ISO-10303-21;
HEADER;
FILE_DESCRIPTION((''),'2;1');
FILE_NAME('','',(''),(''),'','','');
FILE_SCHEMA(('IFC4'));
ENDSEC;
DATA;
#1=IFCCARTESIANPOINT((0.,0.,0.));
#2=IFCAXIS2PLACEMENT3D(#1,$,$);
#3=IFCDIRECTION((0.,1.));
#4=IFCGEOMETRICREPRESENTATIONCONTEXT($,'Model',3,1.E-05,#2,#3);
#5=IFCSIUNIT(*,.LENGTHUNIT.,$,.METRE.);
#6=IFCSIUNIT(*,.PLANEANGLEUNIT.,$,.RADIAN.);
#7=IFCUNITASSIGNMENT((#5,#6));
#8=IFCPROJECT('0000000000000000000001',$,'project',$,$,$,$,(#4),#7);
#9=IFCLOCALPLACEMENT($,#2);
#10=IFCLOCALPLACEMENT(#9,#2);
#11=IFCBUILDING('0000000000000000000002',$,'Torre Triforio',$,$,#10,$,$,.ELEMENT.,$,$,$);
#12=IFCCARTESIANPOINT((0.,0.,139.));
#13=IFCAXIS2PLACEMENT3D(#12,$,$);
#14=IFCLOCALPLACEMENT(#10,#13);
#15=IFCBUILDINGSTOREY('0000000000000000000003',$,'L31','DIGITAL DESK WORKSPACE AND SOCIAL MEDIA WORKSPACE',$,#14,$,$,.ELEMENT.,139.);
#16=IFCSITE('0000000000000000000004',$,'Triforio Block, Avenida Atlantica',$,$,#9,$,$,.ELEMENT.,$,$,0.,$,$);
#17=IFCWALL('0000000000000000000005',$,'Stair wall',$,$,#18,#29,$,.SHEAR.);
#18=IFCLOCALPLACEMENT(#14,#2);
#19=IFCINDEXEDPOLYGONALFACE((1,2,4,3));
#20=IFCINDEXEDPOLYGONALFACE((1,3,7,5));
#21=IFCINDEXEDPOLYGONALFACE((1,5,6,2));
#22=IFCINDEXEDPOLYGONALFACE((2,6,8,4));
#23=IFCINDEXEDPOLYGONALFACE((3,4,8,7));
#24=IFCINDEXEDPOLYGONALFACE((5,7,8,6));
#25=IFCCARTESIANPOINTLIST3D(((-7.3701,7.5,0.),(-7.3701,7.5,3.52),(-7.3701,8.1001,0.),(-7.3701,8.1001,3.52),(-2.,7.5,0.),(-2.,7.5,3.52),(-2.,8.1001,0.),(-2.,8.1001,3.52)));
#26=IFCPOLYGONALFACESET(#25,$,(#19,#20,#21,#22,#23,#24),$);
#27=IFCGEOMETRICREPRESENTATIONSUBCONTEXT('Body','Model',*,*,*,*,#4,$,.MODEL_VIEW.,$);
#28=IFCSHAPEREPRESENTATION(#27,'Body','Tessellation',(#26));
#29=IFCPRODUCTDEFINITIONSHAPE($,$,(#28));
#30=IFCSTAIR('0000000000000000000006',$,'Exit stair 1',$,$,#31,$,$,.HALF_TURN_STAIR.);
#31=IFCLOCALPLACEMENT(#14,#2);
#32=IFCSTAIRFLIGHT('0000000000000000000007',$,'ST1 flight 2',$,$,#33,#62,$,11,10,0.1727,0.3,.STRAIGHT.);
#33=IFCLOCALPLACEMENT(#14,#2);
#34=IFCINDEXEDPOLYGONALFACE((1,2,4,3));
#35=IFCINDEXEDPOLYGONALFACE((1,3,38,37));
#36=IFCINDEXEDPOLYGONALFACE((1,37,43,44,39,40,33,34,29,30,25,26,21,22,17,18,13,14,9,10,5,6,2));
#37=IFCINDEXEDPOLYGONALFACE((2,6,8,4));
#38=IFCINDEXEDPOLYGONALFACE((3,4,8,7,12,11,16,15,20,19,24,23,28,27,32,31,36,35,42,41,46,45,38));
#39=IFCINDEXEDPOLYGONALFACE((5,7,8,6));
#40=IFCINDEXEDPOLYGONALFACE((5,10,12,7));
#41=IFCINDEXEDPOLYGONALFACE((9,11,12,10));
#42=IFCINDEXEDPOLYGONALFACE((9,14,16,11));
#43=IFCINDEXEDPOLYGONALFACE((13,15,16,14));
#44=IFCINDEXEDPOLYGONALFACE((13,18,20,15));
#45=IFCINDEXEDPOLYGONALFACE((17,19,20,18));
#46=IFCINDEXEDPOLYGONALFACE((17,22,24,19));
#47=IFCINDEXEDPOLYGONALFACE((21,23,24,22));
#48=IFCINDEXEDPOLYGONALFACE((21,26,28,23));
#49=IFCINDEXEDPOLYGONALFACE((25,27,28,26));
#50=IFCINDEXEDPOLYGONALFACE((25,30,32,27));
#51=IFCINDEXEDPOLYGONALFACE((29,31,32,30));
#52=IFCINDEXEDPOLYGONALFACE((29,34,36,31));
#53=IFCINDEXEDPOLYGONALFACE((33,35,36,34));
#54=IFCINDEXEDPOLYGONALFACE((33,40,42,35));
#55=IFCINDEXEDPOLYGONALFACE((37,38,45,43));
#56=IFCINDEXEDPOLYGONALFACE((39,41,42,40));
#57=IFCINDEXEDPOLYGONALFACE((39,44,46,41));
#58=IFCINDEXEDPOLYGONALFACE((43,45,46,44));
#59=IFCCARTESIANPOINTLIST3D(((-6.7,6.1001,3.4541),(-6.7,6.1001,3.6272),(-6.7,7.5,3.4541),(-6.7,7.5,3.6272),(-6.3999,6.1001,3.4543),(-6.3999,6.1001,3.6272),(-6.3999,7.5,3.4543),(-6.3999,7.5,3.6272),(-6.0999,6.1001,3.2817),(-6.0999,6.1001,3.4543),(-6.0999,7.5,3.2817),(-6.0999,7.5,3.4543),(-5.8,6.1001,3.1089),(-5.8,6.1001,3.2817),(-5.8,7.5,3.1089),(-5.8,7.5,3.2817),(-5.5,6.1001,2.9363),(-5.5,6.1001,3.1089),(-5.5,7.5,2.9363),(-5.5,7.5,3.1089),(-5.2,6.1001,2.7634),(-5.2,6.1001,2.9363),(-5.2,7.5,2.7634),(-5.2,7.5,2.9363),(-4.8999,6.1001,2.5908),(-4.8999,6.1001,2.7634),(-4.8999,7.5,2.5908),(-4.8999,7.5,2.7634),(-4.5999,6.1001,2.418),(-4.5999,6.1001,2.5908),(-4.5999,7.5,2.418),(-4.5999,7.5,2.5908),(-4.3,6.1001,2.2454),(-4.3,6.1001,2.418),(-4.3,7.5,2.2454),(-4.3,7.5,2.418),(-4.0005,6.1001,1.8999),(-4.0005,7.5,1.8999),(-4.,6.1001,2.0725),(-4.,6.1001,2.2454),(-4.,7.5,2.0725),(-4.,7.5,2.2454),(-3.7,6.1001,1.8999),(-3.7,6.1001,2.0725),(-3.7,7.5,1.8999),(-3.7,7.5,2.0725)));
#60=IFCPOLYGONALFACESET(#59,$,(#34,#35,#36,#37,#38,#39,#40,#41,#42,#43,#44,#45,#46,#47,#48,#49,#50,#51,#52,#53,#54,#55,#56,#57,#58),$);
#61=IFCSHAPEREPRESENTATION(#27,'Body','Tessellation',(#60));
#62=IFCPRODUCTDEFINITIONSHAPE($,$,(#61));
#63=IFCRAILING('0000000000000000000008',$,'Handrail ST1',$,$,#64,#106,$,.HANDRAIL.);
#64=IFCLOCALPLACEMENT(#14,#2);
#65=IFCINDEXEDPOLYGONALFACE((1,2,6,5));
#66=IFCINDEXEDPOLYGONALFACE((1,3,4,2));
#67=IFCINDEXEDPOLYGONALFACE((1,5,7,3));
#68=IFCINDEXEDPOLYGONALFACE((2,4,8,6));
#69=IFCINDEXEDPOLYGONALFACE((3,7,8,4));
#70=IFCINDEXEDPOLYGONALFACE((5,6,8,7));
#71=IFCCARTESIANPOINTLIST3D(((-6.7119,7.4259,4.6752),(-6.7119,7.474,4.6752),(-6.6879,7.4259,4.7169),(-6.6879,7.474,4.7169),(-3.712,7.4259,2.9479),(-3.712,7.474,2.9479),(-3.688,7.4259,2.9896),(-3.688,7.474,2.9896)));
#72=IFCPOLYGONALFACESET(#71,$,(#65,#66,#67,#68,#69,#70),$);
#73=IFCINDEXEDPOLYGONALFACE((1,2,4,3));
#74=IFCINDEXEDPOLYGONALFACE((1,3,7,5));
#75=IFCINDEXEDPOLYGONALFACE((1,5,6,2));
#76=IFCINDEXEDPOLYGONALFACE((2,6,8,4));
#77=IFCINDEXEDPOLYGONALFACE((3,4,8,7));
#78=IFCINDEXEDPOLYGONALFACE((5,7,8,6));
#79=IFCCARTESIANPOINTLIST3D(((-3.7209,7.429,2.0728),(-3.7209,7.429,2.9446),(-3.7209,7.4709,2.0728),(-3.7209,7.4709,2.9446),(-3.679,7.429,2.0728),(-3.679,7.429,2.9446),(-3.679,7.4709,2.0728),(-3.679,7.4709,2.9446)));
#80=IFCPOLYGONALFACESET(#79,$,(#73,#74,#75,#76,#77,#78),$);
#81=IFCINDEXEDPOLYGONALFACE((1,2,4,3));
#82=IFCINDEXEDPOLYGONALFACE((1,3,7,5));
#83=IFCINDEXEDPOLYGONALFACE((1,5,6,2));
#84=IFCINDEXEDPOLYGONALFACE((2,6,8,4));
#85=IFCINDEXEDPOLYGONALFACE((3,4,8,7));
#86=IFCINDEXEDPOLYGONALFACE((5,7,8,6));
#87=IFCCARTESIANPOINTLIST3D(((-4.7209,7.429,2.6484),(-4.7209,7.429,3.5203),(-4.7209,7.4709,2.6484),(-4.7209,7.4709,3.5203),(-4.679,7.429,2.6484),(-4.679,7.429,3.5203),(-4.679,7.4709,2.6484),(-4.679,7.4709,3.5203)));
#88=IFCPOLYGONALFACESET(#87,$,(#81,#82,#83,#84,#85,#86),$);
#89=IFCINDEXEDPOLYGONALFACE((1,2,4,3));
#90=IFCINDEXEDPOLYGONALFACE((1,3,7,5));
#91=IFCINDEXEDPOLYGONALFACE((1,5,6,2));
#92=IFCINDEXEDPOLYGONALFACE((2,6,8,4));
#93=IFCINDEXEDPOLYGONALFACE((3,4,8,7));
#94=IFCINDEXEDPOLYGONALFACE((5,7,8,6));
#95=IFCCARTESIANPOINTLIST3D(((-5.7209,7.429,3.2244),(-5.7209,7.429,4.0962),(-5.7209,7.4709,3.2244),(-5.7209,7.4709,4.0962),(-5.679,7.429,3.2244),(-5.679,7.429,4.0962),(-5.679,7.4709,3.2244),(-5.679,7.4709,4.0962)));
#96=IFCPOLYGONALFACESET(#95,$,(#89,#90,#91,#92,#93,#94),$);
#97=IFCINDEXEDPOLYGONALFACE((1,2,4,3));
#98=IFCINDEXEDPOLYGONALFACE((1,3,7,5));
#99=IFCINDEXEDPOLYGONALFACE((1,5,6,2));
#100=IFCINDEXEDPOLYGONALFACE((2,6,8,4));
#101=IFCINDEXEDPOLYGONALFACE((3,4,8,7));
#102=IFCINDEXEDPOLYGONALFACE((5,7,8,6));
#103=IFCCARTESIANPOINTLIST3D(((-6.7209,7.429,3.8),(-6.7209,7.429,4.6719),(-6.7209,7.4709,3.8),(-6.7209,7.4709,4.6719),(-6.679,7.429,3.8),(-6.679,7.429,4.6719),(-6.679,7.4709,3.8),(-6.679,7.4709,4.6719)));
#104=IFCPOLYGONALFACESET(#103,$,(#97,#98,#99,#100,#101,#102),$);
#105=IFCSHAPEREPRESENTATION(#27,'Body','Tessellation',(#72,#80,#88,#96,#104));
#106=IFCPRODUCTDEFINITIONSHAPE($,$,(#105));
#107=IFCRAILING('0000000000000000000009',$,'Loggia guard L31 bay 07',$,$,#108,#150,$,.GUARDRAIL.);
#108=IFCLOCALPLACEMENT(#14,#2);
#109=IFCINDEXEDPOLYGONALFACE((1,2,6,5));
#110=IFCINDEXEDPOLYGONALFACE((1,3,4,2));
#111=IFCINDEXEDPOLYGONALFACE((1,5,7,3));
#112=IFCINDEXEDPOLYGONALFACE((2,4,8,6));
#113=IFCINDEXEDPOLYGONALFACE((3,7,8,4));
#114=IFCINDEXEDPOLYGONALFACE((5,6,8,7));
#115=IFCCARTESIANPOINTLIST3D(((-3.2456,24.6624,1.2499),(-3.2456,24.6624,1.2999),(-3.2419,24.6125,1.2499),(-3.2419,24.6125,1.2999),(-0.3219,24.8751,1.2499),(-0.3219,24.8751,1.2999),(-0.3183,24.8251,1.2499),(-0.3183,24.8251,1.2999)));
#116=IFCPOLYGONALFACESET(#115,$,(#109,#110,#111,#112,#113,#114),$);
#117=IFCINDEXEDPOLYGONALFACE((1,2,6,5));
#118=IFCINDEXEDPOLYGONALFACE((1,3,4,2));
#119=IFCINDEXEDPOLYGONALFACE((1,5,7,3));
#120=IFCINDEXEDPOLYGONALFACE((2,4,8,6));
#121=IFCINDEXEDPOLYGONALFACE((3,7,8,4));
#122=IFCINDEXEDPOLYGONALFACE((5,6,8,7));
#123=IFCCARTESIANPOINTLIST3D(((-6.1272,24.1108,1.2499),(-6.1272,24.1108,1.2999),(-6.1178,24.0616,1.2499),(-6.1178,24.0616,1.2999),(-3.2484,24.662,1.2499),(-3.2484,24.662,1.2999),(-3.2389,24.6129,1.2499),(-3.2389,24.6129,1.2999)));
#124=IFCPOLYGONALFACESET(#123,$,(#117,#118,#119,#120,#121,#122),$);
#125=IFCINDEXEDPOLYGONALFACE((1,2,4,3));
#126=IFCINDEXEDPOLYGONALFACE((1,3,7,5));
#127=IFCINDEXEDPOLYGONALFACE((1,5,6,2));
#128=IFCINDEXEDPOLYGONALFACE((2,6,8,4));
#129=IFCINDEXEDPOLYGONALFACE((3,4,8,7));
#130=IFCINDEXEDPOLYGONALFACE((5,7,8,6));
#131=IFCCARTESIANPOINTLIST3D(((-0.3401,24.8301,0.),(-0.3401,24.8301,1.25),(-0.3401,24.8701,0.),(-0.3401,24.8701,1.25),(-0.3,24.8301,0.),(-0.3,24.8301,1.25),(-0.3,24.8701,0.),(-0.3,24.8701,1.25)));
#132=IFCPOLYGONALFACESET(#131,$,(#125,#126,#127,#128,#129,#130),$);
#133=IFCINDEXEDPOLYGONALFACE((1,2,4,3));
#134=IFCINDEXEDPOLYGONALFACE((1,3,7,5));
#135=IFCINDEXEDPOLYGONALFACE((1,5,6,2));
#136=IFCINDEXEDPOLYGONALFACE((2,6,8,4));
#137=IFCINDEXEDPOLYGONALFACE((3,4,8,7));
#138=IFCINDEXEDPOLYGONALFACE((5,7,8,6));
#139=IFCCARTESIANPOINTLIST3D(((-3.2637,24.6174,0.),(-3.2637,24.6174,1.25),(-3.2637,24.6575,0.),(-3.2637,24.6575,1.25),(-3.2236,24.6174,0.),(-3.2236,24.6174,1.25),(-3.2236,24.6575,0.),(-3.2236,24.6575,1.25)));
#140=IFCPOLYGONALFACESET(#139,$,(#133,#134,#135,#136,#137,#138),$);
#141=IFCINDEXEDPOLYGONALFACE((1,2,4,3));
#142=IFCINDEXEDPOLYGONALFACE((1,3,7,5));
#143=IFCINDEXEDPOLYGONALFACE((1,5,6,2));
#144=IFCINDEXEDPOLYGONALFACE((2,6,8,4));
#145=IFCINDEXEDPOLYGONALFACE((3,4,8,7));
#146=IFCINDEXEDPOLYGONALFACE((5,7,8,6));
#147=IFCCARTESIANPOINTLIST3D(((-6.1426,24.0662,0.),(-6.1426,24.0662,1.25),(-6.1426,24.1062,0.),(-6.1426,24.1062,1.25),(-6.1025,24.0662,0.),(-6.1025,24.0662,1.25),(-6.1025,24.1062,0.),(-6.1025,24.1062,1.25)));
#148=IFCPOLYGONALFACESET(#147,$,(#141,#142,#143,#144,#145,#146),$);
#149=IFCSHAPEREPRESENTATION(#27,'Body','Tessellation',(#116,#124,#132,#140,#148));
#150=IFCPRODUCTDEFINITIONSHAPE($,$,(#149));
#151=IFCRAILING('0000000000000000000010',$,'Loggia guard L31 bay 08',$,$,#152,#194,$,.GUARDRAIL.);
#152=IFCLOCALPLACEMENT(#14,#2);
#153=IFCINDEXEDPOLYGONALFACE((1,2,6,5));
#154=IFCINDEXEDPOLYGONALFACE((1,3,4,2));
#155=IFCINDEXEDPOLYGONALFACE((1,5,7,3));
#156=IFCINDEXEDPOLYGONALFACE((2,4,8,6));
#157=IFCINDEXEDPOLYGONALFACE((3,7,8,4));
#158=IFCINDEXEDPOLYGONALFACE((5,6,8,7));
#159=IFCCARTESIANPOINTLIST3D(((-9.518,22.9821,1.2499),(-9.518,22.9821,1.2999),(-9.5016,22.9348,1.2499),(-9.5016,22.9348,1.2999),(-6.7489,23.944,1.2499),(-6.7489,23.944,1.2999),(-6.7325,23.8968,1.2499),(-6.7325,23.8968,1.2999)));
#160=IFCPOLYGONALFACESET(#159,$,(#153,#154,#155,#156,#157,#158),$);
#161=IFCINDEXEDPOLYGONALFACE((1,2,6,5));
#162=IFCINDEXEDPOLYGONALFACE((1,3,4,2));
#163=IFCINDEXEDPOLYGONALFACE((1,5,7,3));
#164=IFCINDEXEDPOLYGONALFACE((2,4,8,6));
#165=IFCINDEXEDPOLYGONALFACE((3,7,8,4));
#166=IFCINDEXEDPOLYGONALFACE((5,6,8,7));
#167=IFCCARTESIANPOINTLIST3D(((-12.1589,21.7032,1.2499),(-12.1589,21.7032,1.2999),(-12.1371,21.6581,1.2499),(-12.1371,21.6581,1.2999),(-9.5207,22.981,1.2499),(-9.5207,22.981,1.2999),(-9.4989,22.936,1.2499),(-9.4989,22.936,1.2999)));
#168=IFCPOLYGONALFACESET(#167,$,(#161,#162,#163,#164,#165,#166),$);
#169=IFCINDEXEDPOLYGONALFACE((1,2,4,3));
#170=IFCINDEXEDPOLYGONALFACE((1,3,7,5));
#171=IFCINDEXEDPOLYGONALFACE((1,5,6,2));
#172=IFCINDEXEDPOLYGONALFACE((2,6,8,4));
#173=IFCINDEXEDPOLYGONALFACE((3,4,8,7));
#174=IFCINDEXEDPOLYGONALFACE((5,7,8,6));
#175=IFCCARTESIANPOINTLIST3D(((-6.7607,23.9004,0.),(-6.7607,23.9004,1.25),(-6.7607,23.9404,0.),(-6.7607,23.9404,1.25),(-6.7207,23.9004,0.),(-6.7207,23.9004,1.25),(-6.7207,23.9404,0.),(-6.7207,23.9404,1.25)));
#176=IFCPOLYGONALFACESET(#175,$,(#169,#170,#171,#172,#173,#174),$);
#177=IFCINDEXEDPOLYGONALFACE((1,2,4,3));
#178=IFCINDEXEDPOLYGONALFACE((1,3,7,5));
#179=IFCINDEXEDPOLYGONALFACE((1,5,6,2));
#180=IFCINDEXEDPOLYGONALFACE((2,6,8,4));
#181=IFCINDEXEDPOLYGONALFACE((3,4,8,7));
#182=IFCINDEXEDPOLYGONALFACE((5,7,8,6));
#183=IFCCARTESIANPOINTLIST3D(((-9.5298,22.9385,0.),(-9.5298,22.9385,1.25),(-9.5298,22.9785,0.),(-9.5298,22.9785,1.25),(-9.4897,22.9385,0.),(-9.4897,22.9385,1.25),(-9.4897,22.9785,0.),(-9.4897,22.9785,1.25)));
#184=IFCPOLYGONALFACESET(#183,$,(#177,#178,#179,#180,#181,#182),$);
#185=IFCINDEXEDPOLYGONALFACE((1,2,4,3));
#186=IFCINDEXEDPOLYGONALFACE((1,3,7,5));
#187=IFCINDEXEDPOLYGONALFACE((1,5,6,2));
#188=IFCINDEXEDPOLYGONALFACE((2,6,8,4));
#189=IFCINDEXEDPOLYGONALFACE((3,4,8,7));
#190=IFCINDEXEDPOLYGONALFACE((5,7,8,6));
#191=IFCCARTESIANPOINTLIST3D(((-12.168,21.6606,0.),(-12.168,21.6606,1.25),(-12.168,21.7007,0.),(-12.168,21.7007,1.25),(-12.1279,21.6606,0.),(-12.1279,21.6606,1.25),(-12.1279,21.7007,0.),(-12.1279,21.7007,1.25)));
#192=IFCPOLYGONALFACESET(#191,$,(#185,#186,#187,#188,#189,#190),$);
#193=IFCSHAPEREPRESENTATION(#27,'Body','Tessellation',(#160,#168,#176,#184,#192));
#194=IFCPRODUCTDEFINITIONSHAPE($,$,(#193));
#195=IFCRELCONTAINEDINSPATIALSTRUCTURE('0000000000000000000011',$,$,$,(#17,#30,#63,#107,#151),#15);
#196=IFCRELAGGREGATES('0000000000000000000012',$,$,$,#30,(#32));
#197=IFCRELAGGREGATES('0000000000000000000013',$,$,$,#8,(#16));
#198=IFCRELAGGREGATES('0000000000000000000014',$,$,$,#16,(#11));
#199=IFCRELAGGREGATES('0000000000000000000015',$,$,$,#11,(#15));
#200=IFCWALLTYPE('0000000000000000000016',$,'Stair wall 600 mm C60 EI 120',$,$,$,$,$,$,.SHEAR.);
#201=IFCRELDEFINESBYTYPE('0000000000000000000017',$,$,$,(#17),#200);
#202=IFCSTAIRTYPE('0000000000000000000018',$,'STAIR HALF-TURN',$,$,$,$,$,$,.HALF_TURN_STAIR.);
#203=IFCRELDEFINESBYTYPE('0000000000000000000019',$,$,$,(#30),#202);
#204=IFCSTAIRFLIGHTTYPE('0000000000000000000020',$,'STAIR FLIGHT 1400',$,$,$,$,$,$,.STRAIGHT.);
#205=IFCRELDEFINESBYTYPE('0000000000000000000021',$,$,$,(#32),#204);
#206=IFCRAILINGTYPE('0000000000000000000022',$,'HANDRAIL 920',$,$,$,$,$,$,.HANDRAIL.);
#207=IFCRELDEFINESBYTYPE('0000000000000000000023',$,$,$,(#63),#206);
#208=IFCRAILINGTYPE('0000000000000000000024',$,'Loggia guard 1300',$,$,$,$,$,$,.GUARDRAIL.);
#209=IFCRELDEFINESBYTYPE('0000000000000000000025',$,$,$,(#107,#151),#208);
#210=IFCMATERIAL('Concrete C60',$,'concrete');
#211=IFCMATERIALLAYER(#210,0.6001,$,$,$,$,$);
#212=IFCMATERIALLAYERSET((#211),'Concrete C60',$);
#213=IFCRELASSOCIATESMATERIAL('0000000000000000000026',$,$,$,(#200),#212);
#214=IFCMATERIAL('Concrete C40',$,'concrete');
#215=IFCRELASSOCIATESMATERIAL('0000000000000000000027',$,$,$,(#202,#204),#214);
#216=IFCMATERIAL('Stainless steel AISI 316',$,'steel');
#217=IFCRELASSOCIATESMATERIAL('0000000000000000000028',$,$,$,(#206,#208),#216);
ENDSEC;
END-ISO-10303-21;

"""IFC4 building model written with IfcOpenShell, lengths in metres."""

from ifc_helpers import new_model, si_unit, direction, frame, frame_2d, origin, origin_2d, place, context, subcontext, project, spatial, polyline, rectangle, outline, extrude, material, layer, layer_set, type_object, element, aggregate, save


model = new_model("IFC4")

# Units and contexts
model_context = context("Model", 3, precision=1e-05, world=origin(), true_north=direction((0.0, 1.0)))
body_context = subcontext(model_context, "Body", "Model", "MODEL_VIEW")
ifc_project = project(units=[si_unit("LENGTHUNIT", "METRE"), si_unit("PLANEANGLEUNIT", "RADIAN")], contexts=[model_context])

# Site, building, storey
site_placement = place(None, origin())
site = spatial("IfcSite", under=ifc_project, at=site_placement, Name="Triforio Block, Avenida Atlantica", CompositionType="ELEMENT", RefElevation=0.0)
building_placement = place(site_placement, origin())
building = spatial("IfcBuilding", under=site, at=building_placement, Name="Torre Triforio", CompositionType="ELEMENT")
storey_placement = place(building_placement, frame((0.0, 0.0, 139.0)))
storey = spatial("IfcBuildingStorey", under=building, at=storey_placement, Name="L31", Description="DIGITAL DESK WORKSPACE AND SOCIAL MEDIA WORKSPACE", CompositionType="ELEMENT", Elevation=139.0)

# Shared definitions
ifc_material_1 = material(Name="Concrete C60", Category="concrete")

# Wall
ifc_layer_1 = layer(ifc_material_1, 0.6001)
ifc_layer_set_1 = layer_set([ifc_layer_1], Name="Concrete C60")
wall_type_1 = type_object("IfcWallType", Name="Stair wall 600 mm C60 EI 120", PredefinedType="SHEAR", material=ifc_layer_set_1)
wall_1_placement = place(storey_placement, frame((-7.3701, 7.8, 0.0), z_axis=(0.0, 0.0, 1.0), x_axis=(1.0, 0.0, 0.0)))
element("IfcWall", 1, at=wall_1_placement, inside=storey, type_object=wall_type_1, Name="Stair wall", PredefinedType="SHEAR", context=body_context, shape_type="SweptSolid", body=[
    extrude(rectangle(XDim=5.3701, YDim=0.6001, at=frame_2d((2.6851, 0.0))), origin(), (0.0, 0.0, 1.0), 3.52),
])

# Shared definitions
ifc_material_2 = material(Name="Concrete C40", Category="concrete")

# Stair, stair flight
stair_type = type_object("IfcStairType", Name="STAIR HALF-TURN", PredefinedType="HALF_TURN_STAIR", material=ifc_material_2)
stair_placement = place(storey_placement, origin())
stair = element("IfcStair", 2, at=stair_placement, inside=storey, type_object=stair_type, Name="Exit stair 1", PredefinedType="HALF_TURN_STAIR")
stair_flight_type = type_object("IfcStairFlightType", Name="STAIR FLIGHT 1400", PredefinedType="STRAIGHT", material=ifc_material_2)
stair_flight_placement = place(storey_placement, frame((-3.7, 6.8, 1.8999), z_axis=(0.0, 0.0, 1.0), x_axis=(-1.0, 0.0, 0.0)))
stair_flight = element("IfcStairFlight", 3, at=stair_flight_placement, type_object=stair_flight_type, Name="ST1 flight 2", NumberOfRisers=11, NumberOfTreads=10, PredefinedType="STRAIGHT", RiserHeight=0.1727, TreadLength=0.3, context=body_context, shape_type="SweptSolid", body=[
    extrude(outline(polyline([(0.0, 0.0), (0.0, 0.1726), (0.3, 0.1726), (0.3, 0.3455), (0.6001, 0.3455), (0.6001, 0.5181), (0.8999, 0.5181), (0.8999, 0.6909), (1.2, 0.6909), (1.2, 0.8635), (1.5, 0.8635), (1.5, 1.0364), (1.8, 1.0364), (1.8, 1.209), (2.1001, 1.209), (2.1001, 1.3818), (2.3999, 1.3818), (2.3999, 1.5544), (2.7, 1.5544), (2.7, 1.7273), (3.0, 1.7273), (3.0, 1.8999), (3.0, 1.5542), (0.3005, 0.0), (0.0, 0.0)])), frame((0.0, 0.7, 0.0), z_axis=(0.0, -1.0, 0.0), x_axis=(1.0, 0.0, 0.0)), (0.0, 0.0, 1.0), 1.3999),
])
aggregate(stair, [stair_flight])

# Railings
ifc_material_3 = material(Name="Stainless steel AISI 316", Category="steel")
railing_type_1 = type_object("IfcRailingType", Name="HANDRAIL 920", PredefinedType="HANDRAIL", material=ifc_material_3)
railing_1_placement = place(storey_placement, frame((-3.7, 7.45, 2.0728)))
element("IfcRailing", 4, at=railing_1_placement, inside=storey, type_object=railing_type_1, Name="Handrail ST1", PredefinedType="HANDRAIL", context=body_context, shape_type="SweptSolid", body=[
    extrude(rectangle(XDim=0.0481, YDim=0.0481, at=origin_2d()), frame((0.0, 0.0, 0.896), z_axis=(-0.86662, 0.0, 0.498969), x_axis=(0.0, -1.0, 0.0)), (0.0, 0.0, 1.0), 3.4617),
    extrude(rectangle(XDim=0.042, YDim=0.042, at=origin_2d()), origin(), (0.0, 0.0, 1.0), 0.8718),
    extrude(rectangle(XDim=0.042, YDim=0.042, at=origin_2d()), frame((-1.0, 0.0, 0.5757)), (0.0, 0.0, 1.0), 0.8718),
    extrude(rectangle(XDim=0.042, YDim=0.042, at=origin_2d()), frame((-2.0, 0.0, 1.1516)), (0.0, 0.0, 1.0), 0.8718),
    extrude(rectangle(XDim=0.042, YDim=0.042, at=origin_2d()), frame((-3.0, 0.0, 1.7273)), (0.0, 0.0, 1.0), 0.8718),
])
railing_type_2 = type_object("IfcRailingType", Name="Loggia guard 1300", PredefinedType="GUARDRAIL", material=ifc_material_3)
railing_2_placement = place(storey_placement, frame((-0.3201, 24.8501, 0.0)))
element("IfcRailing", 5, at=railing_2_placement, inside=storey, type_object=railing_type_2, Name="Loggia guard L31 bay 07", PredefinedType="GUARDRAIL", context=body_context, shape_type="SweptSolid", body=[
    extrude(rectangle(XDim=0.05, YDim=0.05, at=origin_2d()), frame((0.0, 0.0, 1.2749), z_axis=(-0.997365, -0.072543, 0.0), x_axis=(0.072543, -0.997365, 0.0)), (0.0, 0.0, 1.0), 2.9314),
    extrude(rectangle(XDim=0.05, YDim=0.05, at=origin_2d()), frame((-2.9236, -0.2126, 1.2749), z_axis=(-0.982156, -0.188069, 0.0), x_axis=(0.188069, -0.982156, 0.0)), (0.0, 0.0, 1.0), 2.9312),
    extrude(rectangle(XDim=0.04, YDim=0.04, at=origin_2d()), origin(), (0.0, 0.0, 1.0), 1.25),
    extrude(rectangle(XDim=0.04, YDim=0.04, at=origin_2d()), frame((-2.9236, -0.2126, 0.0)), (0.0, 0.0, 1.0), 1.25),
    extrude(rectangle(XDim=0.04, YDim=0.04, at=origin_2d()), frame((-5.8025, -0.7639, 0.0)), (0.0, 0.0, 1.0), 1.25),
])
railing_3_placement = place(storey_placement, frame((-6.7407, 23.9204, 0.0)))
element("IfcRailing", 6, at=railing_3_placement, inside=storey, type_object=railing_type_2, Name="Loggia guard L31 bay 08", PredefinedType="GUARDRAIL", context=body_context, shape_type="SweptSolid", body=[
    extrude(rectangle(XDim=0.05, YDim=0.05, at=origin_2d()), frame((0.0, 0.0, 1.2749), z_axis=(-0.944627, -0.328146, 0.0), x_axis=(0.328146, -0.944627, 0.0)), (0.0, 0.0, 1.0), 2.9314),
    extrude(rectangle(XDim=0.05, YDim=0.05, at=origin_2d()), frame((-2.769, -0.9619, 1.2749), z_axis=(-0.899986, -0.435918, 0.0), x_axis=(0.435918, -0.899986, 0.0)), (0.0, 0.0, 1.0), 2.9314),
    extrude(rectangle(XDim=0.04, YDim=0.04, at=origin_2d()), origin(), (0.0, 0.0, 1.0), 1.25),
    extrude(rectangle(XDim=0.04, YDim=0.04, at=origin_2d()), frame((-2.769, -0.9619, 0.0)), (0.0, 0.0, 1.0), 1.25),
    extrude(rectangle(XDim=0.04, YDim=0.04, at=origin_2d()), frame((-5.4072, -2.2397, 0.0)), (0.0, 0.0, 1.0), 1.25),
])

save(model, "model.ifc")
